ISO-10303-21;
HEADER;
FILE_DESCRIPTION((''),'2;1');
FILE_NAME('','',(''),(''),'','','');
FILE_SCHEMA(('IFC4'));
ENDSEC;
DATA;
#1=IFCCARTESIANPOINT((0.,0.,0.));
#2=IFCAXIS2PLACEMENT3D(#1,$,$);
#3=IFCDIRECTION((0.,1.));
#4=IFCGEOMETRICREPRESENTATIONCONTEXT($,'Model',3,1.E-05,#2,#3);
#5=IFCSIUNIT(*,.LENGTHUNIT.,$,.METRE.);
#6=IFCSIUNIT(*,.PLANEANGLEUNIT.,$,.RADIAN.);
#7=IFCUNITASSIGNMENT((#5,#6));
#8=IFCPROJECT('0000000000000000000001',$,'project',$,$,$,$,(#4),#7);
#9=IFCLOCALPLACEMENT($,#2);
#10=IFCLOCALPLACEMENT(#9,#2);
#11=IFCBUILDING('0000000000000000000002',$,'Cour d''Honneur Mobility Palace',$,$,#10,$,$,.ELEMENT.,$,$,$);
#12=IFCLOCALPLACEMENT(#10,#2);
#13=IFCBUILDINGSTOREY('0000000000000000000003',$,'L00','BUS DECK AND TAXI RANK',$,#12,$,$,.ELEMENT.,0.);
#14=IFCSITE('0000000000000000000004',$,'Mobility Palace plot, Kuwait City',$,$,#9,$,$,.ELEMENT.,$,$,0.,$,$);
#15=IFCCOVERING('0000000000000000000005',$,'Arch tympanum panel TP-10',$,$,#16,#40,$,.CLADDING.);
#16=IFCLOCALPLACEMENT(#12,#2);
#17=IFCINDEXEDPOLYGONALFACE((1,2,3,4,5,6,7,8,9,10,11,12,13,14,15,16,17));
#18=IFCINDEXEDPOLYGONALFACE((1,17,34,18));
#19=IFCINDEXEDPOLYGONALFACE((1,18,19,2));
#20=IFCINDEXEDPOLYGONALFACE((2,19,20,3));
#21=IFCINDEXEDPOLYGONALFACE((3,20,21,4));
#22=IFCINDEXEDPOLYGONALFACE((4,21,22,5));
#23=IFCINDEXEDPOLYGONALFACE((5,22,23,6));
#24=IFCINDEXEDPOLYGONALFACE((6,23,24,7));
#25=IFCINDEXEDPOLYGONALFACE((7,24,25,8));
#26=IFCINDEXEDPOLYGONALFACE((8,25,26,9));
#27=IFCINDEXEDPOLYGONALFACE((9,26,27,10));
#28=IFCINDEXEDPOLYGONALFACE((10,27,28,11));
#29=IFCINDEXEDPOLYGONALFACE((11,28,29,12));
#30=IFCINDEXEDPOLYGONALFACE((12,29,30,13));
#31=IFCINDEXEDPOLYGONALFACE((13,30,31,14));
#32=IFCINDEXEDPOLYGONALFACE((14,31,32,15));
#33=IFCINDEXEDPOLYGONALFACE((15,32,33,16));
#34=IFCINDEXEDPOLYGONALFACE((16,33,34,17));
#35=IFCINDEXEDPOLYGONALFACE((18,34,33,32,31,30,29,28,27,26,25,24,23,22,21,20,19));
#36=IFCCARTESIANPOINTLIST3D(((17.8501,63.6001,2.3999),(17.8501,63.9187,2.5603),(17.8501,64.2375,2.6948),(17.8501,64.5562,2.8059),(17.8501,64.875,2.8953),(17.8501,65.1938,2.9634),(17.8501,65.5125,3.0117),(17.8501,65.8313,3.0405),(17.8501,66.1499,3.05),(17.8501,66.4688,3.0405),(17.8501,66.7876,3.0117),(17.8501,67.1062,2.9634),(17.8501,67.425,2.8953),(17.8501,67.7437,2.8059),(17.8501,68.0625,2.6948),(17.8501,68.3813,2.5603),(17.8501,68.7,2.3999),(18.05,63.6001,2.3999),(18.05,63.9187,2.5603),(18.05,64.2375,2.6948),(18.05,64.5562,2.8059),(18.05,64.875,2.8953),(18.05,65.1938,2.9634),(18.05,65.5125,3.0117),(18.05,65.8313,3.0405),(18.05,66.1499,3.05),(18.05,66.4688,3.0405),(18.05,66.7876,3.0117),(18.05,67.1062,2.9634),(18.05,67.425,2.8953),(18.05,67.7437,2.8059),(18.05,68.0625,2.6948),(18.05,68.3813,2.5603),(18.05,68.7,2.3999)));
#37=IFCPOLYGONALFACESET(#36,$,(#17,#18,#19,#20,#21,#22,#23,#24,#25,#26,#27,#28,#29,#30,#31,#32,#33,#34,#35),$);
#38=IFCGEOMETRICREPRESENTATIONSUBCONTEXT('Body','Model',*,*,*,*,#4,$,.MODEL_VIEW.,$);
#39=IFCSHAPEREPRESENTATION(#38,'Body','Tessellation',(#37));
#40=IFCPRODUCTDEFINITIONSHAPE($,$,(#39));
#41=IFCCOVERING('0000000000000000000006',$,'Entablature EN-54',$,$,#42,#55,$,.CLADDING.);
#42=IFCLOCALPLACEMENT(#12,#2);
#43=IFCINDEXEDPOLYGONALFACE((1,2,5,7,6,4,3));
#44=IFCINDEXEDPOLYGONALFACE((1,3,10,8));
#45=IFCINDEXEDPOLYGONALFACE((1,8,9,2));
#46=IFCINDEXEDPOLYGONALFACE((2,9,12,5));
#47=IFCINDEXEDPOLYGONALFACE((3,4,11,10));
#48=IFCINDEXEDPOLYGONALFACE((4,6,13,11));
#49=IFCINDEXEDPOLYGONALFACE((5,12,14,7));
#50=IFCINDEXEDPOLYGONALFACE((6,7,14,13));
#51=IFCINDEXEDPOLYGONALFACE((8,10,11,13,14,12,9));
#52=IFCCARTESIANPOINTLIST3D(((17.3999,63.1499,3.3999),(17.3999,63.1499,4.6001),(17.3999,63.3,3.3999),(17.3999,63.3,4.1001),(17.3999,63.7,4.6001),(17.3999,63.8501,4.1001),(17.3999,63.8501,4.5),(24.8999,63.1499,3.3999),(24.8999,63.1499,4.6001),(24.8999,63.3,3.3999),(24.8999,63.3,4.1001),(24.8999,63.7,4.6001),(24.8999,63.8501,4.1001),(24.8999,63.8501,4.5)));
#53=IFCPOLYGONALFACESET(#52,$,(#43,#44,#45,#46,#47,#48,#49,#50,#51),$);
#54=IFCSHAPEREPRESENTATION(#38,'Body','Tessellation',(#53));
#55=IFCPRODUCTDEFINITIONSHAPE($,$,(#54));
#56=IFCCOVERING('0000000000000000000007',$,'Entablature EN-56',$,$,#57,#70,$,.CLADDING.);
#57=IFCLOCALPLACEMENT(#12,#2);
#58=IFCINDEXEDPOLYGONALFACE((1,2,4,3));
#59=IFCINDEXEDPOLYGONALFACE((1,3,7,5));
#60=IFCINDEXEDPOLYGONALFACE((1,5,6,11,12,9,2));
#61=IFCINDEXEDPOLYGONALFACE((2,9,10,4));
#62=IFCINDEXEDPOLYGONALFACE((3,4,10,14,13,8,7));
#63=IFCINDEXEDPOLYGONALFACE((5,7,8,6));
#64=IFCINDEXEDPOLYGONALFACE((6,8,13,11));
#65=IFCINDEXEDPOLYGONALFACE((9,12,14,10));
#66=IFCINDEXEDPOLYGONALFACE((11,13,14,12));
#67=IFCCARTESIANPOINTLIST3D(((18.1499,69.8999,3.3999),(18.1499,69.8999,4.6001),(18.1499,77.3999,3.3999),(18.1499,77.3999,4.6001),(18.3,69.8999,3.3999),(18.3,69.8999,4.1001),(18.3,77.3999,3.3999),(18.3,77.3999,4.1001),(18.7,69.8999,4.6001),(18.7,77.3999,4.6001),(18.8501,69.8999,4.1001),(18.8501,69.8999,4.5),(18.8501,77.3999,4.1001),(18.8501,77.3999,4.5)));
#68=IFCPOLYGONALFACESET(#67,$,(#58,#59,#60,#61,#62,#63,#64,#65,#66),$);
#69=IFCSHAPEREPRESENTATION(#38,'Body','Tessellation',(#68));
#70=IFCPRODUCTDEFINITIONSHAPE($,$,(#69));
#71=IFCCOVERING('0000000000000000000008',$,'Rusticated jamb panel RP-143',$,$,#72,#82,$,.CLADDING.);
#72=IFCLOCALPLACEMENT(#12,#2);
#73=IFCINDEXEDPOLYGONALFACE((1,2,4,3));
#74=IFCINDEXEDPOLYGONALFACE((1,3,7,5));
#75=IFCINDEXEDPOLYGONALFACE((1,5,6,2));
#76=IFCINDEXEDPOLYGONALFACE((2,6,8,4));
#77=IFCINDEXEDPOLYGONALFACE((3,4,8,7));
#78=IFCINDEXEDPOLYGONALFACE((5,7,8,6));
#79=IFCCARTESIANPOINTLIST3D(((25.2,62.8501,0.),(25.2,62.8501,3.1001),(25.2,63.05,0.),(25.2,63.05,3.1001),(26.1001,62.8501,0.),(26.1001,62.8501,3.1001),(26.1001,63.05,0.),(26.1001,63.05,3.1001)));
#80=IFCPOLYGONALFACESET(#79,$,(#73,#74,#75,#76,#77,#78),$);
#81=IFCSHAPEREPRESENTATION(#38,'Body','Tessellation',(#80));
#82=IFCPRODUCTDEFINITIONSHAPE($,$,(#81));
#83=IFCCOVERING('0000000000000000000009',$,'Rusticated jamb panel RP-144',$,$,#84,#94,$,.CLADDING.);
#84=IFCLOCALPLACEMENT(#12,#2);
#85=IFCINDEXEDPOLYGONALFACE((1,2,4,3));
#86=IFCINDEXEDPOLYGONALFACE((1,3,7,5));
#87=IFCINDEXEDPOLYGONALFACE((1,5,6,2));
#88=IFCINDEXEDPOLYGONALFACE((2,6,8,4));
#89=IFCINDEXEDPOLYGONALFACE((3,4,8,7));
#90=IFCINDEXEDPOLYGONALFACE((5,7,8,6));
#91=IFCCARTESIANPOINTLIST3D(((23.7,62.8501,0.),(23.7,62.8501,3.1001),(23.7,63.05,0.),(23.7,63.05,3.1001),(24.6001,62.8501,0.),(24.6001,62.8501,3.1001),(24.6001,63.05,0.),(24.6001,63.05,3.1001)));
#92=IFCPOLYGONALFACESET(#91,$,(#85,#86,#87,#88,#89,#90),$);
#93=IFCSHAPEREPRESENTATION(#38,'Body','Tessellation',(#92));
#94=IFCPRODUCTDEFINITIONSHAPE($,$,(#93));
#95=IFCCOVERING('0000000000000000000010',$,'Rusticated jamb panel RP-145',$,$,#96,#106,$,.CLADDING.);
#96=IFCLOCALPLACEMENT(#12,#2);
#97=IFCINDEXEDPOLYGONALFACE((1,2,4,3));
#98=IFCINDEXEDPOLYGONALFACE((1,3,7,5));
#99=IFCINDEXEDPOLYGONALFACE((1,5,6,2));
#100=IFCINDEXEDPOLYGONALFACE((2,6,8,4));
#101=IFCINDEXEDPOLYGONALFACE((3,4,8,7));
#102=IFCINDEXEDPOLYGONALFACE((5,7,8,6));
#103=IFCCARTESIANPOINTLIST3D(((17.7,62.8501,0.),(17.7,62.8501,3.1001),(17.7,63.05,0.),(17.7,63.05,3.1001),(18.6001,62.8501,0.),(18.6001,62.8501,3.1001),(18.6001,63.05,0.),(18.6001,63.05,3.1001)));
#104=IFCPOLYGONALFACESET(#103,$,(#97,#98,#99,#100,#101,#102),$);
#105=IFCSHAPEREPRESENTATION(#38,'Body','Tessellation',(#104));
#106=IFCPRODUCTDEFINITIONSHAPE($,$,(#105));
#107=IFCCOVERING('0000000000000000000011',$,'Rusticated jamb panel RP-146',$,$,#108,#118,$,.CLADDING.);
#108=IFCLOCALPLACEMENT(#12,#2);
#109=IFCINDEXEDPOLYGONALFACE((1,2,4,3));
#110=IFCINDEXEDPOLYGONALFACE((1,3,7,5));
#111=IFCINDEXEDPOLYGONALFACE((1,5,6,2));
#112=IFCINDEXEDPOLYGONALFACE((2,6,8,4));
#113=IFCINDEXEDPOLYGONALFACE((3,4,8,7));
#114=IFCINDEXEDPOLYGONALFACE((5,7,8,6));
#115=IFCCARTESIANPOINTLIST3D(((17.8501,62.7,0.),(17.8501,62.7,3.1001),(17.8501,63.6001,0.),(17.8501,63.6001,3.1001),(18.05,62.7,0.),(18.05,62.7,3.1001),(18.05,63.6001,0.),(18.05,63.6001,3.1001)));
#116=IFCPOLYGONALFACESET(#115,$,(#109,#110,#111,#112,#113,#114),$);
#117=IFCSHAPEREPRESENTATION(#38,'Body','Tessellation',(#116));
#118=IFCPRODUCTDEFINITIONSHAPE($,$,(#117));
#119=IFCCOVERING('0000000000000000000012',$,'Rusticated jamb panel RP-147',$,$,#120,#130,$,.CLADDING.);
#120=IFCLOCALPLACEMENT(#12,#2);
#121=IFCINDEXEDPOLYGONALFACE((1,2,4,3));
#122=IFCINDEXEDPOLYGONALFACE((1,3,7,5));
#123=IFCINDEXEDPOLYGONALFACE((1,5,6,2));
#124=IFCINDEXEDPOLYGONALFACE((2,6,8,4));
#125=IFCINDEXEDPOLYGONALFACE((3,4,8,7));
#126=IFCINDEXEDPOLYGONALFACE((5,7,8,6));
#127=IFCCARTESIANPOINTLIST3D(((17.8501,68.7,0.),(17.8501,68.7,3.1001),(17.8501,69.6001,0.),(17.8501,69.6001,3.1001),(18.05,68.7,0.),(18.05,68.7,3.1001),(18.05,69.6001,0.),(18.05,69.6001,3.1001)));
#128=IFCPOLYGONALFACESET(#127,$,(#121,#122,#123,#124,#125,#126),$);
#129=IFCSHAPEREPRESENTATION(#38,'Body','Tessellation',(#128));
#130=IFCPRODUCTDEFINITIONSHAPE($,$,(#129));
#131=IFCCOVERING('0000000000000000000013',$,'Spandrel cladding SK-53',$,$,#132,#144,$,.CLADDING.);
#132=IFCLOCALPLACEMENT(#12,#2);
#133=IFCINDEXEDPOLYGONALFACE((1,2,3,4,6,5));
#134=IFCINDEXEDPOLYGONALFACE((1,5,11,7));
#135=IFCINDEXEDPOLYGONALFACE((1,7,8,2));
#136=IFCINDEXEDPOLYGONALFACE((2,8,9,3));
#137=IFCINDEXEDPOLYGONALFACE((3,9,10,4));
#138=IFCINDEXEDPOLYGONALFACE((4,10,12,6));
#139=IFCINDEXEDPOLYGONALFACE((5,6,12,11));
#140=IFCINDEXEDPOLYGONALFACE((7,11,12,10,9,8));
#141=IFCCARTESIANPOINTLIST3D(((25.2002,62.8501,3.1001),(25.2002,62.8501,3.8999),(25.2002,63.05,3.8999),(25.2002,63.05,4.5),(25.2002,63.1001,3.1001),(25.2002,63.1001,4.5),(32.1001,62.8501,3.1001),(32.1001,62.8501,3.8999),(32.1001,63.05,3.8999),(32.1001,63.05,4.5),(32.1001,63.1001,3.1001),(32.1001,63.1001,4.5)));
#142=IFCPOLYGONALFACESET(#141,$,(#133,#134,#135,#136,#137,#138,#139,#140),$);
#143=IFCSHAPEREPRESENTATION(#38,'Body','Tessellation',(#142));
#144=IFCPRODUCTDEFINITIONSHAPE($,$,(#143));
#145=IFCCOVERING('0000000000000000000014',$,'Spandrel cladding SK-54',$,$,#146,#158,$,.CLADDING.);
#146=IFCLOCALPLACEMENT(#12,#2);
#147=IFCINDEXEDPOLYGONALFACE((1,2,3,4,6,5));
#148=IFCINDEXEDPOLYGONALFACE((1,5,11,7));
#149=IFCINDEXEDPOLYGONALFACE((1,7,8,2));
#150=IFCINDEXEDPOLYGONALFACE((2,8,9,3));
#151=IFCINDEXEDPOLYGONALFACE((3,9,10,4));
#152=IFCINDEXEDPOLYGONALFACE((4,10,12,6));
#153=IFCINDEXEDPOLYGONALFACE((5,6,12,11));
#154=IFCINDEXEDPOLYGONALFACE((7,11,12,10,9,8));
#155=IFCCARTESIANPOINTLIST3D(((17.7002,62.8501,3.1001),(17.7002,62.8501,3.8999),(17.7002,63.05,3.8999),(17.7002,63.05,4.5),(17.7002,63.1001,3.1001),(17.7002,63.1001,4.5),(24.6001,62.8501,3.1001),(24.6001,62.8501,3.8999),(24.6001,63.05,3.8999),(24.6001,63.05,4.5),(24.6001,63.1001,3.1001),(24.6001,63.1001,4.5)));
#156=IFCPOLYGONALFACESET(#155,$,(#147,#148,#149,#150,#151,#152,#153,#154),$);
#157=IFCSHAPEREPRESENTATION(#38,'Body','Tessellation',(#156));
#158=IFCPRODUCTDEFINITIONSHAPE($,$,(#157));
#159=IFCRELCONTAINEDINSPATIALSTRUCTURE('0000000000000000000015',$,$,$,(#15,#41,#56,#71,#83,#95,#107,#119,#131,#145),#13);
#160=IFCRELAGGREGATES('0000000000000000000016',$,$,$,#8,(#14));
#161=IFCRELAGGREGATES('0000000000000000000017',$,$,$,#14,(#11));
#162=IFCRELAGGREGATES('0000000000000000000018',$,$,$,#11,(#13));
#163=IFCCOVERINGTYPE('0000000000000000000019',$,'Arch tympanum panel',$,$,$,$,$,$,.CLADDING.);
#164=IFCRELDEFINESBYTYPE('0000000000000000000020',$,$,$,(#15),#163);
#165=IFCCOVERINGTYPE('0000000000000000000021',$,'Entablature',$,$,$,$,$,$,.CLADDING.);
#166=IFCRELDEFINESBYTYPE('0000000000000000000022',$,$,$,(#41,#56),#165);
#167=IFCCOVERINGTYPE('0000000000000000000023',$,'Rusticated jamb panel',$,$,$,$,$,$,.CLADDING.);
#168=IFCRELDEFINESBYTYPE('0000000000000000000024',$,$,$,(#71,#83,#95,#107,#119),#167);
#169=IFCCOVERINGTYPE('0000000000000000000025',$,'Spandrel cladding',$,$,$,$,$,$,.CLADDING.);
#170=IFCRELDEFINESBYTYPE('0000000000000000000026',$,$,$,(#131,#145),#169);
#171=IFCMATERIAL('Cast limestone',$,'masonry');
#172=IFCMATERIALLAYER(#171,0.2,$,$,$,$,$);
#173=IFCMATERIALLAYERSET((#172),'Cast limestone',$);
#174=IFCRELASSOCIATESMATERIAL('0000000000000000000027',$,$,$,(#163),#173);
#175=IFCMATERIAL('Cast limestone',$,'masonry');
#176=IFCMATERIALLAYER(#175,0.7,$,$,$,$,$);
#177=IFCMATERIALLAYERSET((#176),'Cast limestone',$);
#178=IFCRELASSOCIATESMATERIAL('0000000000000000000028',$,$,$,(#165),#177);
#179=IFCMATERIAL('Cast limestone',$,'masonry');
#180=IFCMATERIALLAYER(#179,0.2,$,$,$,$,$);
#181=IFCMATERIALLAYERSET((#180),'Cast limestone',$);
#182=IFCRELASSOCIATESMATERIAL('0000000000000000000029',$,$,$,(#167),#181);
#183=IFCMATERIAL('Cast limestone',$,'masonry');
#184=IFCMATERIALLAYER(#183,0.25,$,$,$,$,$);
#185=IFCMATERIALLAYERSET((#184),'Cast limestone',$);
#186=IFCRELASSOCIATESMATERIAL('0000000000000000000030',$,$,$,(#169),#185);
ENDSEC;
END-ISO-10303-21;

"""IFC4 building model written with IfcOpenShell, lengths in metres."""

from ifc_helpers import new_model, si_unit, direction, frame, origin, place, context, subcontext, project, spatial, polyline, outline, extrude, material, layer, layer_set, type_object, element, save


model = new_model("IFC4")

# Units and contexts
model_context = context("Model", 3, precision=1e-05, world=origin(), true_north=direction((0.0, 1.0)))
body_context = subcontext(model_context, "Body", "Model", "MODEL_VIEW")
ifc_project = project(units=[si_unit("LENGTHUNIT", "METRE"), si_unit("PLANEANGLEUNIT", "RADIAN")], contexts=[model_context])

# Site, building, storey
site_placement = place(None, origin())
site = spatial("IfcSite", under=ifc_project, at=site_placement, Name="Mobility Palace plot, Kuwait City", CompositionType="ELEMENT", RefElevation=0.0)
building_placement = place(site_placement, origin())
building = spatial("IfcBuilding", under=site, at=building_placement, Name="Cour d'Honneur Mobility Palace", CompositionType="ELEMENT")
storey_placement = place(building_placement, origin())
storey = spatial("IfcBuildingStorey", under=building, at=storey_placement, Name="L00", Description="BUS DECK AND TAXI RANK", CompositionType="ELEMENT", Elevation=0.0)

# Coverings
ifc_material_1 = material(Name="Cast limestone", Category="masonry")
ifc_layer_1 = layer(ifc_material_1, 0.2)
ifc_layer_set_1 = layer_set([ifc_layer_1], Name="Cast limestone")
covering_type_1 = type_object("IfcCoveringType", Name="Arch tympanum panel", PredefinedType="CLADDING", material=ifc_layer_set_1)
covering_1_placement = place(storey_placement, frame((18.05, 63.6001, 2.3999), z_axis=(1.0, 0.0, 0.0), x_axis=(0.0, 1.0, 0.0)))
element("IfcCovering", 1, at=covering_1_placement, inside=storey, type_object=covering_type_1, Name="Arch tympanum panel TP-10", PredefinedType="CLADDING", context=body_context, shape_type="SweptSolid", body=[
    extrude(outline(polyline([(0.0, 0.0), (5.0999, 0.0), (5.0999, 0.0), (4.7812, 0.1604), (4.4624, 0.2949), (4.1436, 0.406), (3.825, 0.4954), (3.5061, 0.5635), (3.1875, 0.6118), (2.8687, 0.6406), (2.5498, 0.6501), (2.2312, 0.6406), (1.9124, 0.6118), (1.5938, 0.5635), (1.2749, 0.4954), (0.9561, 0.406), (0.6375, 0.2949), (0.3186, 0.1604), (0.0, 0.0), (0.0, 0.0)])), origin(), (0.0, 0.0, -1.0), 0.2),
])
ifc_material_2 = material(Name="Cast limestone", Category="masonry")
ifc_layer_2 = layer(ifc_material_2, 0.7)
ifc_layer_set_2 = layer_set([ifc_layer_2], Name="Cast limestone")
covering_type_2 = type_object("IfcCoveringType", Name="Entablature", PredefinedType="CLADDING", material=ifc_layer_set_2)
for number, where, z_axis, x_axis, name in (
    (2, (24.8999, 63.1499, 3.3999), (1.0, 0.0, 0.0), (0.0, 1.0, 0.0), "Entablature EN-54"),
    (3, (18.1499, 69.8999, 3.3999), (0.0, -1.0, 0.0), (1.0, 0.0, 0.0), "Entablature EN-56"),
):
    element("IfcCovering", number, at=place(storey_placement, frame(where, z_axis=z_axis, x_axis=x_axis)), inside=storey, type_object=covering_type_2, Name=name, PredefinedType="CLADDING", context=body_context, shape_type="SweptSolid", body=[
        extrude(outline(polyline([(0.0, 0.0), (0.1501, 0.0), (0.1501, 0.7002), (0.7002, 0.7002), (0.7002, 1.1001), (0.55, 1.2002), (0.0, 1.2002), (0.0, 0.0)])), origin(), (0.0, 0.0, -1.0), 7.5),
    ])
ifc_material_3 = material(Name="Cast limestone", Category="masonry")
ifc_layer_3 = layer(ifc_material_3, 0.2)
ifc_layer_set_3 = layer_set([ifc_layer_3], Name="Cast limestone")
covering_type_3 = type_object("IfcCoveringType", Name="Rusticated jamb panel", PredefinedType="CLADDING", material=ifc_layer_set_3)
for number, where, z_axis, x_axis, name in (
    (4, (26.1001, 63.05, 0.0), (0.0, 1.0, 0.0), (-1.0, 0.0, 0.0), "Rusticated jamb panel RP-143"),
    (5, (24.6001, 63.05, 0.0), (0.0, 1.0, 0.0), (-1.0, 0.0, 0.0), "Rusticated jamb panel RP-144"),
    (6, (18.6001, 63.05, 0.0), (0.0, 1.0, 0.0), (-1.0, 0.0, 0.0), "Rusticated jamb panel RP-145"),
    (7, (18.05, 62.7, 0.0), (1.0, 0.0, 0.0), (0.0, 1.0, 0.0), "Rusticated jamb panel RP-146"),
    (8, (18.05, 68.7, 0.0), (1.0, 0.0, 0.0), (0.0, 1.0, 0.0), "Rusticated jamb panel RP-147"),
):
    element("IfcCovering", number, at=place(storey_placement, frame(where, z_axis=z_axis, x_axis=x_axis)), inside=storey, type_object=covering_type_3, Name=name, PredefinedType="CLADDING", context=body_context, shape_type="SweptSolid", body=[
        extrude(outline(polyline([(0.0, 0.0), (0.9001, 0.0), (0.9001, 3.1001), (0.0, 3.1001), (0.0, 0.0)])), origin(), (0.0, 0.0, -1.0), 0.2),
    ])
ifc_material_4 = material(Name="Cast limestone", Category="masonry")
ifc_layer_4 = layer(ifc_material_4, 0.25)
ifc_layer_set_4 = layer_set([ifc_layer_4], Name="Cast limestone")
covering_type_4 = type_object("IfcCoveringType", Name="Spandrel cladding", PredefinedType="CLADDING", material=ifc_layer_set_4)
for number, where, z_axis, x_axis, name in (
    (9, (32.1001, 62.8501, 3.1001), (1.0, 0.0, 0.0), (0.0, 1.0, 0.0), "Spandrel cladding SK-53"),
    (10, (24.6001, 62.8501, 3.1001), (1.0, 0.0, 0.0), (0.0, 1.0, 0.0), "Spandrel cladding SK-54"),
):
    element("IfcCovering", number, at=place(storey_placement, frame(where, z_axis=z_axis, x_axis=x_axis)), inside=storey, type_object=covering_type_4, Name=name, PredefinedType="CLADDING", context=body_context, shape_type="SweptSolid", body=[
        extrude(outline(polyline([(0.0, 0.0), (0.25, 0.0), (0.25, 1.3999), (0.2, 1.3999), (0.2, 0.7998), (0.0, 0.7998), (0.0, 0.0)])), origin(), (0.0, 0.0, -1.0), 6.8999),
    ])

save(model, "model.ifc")
